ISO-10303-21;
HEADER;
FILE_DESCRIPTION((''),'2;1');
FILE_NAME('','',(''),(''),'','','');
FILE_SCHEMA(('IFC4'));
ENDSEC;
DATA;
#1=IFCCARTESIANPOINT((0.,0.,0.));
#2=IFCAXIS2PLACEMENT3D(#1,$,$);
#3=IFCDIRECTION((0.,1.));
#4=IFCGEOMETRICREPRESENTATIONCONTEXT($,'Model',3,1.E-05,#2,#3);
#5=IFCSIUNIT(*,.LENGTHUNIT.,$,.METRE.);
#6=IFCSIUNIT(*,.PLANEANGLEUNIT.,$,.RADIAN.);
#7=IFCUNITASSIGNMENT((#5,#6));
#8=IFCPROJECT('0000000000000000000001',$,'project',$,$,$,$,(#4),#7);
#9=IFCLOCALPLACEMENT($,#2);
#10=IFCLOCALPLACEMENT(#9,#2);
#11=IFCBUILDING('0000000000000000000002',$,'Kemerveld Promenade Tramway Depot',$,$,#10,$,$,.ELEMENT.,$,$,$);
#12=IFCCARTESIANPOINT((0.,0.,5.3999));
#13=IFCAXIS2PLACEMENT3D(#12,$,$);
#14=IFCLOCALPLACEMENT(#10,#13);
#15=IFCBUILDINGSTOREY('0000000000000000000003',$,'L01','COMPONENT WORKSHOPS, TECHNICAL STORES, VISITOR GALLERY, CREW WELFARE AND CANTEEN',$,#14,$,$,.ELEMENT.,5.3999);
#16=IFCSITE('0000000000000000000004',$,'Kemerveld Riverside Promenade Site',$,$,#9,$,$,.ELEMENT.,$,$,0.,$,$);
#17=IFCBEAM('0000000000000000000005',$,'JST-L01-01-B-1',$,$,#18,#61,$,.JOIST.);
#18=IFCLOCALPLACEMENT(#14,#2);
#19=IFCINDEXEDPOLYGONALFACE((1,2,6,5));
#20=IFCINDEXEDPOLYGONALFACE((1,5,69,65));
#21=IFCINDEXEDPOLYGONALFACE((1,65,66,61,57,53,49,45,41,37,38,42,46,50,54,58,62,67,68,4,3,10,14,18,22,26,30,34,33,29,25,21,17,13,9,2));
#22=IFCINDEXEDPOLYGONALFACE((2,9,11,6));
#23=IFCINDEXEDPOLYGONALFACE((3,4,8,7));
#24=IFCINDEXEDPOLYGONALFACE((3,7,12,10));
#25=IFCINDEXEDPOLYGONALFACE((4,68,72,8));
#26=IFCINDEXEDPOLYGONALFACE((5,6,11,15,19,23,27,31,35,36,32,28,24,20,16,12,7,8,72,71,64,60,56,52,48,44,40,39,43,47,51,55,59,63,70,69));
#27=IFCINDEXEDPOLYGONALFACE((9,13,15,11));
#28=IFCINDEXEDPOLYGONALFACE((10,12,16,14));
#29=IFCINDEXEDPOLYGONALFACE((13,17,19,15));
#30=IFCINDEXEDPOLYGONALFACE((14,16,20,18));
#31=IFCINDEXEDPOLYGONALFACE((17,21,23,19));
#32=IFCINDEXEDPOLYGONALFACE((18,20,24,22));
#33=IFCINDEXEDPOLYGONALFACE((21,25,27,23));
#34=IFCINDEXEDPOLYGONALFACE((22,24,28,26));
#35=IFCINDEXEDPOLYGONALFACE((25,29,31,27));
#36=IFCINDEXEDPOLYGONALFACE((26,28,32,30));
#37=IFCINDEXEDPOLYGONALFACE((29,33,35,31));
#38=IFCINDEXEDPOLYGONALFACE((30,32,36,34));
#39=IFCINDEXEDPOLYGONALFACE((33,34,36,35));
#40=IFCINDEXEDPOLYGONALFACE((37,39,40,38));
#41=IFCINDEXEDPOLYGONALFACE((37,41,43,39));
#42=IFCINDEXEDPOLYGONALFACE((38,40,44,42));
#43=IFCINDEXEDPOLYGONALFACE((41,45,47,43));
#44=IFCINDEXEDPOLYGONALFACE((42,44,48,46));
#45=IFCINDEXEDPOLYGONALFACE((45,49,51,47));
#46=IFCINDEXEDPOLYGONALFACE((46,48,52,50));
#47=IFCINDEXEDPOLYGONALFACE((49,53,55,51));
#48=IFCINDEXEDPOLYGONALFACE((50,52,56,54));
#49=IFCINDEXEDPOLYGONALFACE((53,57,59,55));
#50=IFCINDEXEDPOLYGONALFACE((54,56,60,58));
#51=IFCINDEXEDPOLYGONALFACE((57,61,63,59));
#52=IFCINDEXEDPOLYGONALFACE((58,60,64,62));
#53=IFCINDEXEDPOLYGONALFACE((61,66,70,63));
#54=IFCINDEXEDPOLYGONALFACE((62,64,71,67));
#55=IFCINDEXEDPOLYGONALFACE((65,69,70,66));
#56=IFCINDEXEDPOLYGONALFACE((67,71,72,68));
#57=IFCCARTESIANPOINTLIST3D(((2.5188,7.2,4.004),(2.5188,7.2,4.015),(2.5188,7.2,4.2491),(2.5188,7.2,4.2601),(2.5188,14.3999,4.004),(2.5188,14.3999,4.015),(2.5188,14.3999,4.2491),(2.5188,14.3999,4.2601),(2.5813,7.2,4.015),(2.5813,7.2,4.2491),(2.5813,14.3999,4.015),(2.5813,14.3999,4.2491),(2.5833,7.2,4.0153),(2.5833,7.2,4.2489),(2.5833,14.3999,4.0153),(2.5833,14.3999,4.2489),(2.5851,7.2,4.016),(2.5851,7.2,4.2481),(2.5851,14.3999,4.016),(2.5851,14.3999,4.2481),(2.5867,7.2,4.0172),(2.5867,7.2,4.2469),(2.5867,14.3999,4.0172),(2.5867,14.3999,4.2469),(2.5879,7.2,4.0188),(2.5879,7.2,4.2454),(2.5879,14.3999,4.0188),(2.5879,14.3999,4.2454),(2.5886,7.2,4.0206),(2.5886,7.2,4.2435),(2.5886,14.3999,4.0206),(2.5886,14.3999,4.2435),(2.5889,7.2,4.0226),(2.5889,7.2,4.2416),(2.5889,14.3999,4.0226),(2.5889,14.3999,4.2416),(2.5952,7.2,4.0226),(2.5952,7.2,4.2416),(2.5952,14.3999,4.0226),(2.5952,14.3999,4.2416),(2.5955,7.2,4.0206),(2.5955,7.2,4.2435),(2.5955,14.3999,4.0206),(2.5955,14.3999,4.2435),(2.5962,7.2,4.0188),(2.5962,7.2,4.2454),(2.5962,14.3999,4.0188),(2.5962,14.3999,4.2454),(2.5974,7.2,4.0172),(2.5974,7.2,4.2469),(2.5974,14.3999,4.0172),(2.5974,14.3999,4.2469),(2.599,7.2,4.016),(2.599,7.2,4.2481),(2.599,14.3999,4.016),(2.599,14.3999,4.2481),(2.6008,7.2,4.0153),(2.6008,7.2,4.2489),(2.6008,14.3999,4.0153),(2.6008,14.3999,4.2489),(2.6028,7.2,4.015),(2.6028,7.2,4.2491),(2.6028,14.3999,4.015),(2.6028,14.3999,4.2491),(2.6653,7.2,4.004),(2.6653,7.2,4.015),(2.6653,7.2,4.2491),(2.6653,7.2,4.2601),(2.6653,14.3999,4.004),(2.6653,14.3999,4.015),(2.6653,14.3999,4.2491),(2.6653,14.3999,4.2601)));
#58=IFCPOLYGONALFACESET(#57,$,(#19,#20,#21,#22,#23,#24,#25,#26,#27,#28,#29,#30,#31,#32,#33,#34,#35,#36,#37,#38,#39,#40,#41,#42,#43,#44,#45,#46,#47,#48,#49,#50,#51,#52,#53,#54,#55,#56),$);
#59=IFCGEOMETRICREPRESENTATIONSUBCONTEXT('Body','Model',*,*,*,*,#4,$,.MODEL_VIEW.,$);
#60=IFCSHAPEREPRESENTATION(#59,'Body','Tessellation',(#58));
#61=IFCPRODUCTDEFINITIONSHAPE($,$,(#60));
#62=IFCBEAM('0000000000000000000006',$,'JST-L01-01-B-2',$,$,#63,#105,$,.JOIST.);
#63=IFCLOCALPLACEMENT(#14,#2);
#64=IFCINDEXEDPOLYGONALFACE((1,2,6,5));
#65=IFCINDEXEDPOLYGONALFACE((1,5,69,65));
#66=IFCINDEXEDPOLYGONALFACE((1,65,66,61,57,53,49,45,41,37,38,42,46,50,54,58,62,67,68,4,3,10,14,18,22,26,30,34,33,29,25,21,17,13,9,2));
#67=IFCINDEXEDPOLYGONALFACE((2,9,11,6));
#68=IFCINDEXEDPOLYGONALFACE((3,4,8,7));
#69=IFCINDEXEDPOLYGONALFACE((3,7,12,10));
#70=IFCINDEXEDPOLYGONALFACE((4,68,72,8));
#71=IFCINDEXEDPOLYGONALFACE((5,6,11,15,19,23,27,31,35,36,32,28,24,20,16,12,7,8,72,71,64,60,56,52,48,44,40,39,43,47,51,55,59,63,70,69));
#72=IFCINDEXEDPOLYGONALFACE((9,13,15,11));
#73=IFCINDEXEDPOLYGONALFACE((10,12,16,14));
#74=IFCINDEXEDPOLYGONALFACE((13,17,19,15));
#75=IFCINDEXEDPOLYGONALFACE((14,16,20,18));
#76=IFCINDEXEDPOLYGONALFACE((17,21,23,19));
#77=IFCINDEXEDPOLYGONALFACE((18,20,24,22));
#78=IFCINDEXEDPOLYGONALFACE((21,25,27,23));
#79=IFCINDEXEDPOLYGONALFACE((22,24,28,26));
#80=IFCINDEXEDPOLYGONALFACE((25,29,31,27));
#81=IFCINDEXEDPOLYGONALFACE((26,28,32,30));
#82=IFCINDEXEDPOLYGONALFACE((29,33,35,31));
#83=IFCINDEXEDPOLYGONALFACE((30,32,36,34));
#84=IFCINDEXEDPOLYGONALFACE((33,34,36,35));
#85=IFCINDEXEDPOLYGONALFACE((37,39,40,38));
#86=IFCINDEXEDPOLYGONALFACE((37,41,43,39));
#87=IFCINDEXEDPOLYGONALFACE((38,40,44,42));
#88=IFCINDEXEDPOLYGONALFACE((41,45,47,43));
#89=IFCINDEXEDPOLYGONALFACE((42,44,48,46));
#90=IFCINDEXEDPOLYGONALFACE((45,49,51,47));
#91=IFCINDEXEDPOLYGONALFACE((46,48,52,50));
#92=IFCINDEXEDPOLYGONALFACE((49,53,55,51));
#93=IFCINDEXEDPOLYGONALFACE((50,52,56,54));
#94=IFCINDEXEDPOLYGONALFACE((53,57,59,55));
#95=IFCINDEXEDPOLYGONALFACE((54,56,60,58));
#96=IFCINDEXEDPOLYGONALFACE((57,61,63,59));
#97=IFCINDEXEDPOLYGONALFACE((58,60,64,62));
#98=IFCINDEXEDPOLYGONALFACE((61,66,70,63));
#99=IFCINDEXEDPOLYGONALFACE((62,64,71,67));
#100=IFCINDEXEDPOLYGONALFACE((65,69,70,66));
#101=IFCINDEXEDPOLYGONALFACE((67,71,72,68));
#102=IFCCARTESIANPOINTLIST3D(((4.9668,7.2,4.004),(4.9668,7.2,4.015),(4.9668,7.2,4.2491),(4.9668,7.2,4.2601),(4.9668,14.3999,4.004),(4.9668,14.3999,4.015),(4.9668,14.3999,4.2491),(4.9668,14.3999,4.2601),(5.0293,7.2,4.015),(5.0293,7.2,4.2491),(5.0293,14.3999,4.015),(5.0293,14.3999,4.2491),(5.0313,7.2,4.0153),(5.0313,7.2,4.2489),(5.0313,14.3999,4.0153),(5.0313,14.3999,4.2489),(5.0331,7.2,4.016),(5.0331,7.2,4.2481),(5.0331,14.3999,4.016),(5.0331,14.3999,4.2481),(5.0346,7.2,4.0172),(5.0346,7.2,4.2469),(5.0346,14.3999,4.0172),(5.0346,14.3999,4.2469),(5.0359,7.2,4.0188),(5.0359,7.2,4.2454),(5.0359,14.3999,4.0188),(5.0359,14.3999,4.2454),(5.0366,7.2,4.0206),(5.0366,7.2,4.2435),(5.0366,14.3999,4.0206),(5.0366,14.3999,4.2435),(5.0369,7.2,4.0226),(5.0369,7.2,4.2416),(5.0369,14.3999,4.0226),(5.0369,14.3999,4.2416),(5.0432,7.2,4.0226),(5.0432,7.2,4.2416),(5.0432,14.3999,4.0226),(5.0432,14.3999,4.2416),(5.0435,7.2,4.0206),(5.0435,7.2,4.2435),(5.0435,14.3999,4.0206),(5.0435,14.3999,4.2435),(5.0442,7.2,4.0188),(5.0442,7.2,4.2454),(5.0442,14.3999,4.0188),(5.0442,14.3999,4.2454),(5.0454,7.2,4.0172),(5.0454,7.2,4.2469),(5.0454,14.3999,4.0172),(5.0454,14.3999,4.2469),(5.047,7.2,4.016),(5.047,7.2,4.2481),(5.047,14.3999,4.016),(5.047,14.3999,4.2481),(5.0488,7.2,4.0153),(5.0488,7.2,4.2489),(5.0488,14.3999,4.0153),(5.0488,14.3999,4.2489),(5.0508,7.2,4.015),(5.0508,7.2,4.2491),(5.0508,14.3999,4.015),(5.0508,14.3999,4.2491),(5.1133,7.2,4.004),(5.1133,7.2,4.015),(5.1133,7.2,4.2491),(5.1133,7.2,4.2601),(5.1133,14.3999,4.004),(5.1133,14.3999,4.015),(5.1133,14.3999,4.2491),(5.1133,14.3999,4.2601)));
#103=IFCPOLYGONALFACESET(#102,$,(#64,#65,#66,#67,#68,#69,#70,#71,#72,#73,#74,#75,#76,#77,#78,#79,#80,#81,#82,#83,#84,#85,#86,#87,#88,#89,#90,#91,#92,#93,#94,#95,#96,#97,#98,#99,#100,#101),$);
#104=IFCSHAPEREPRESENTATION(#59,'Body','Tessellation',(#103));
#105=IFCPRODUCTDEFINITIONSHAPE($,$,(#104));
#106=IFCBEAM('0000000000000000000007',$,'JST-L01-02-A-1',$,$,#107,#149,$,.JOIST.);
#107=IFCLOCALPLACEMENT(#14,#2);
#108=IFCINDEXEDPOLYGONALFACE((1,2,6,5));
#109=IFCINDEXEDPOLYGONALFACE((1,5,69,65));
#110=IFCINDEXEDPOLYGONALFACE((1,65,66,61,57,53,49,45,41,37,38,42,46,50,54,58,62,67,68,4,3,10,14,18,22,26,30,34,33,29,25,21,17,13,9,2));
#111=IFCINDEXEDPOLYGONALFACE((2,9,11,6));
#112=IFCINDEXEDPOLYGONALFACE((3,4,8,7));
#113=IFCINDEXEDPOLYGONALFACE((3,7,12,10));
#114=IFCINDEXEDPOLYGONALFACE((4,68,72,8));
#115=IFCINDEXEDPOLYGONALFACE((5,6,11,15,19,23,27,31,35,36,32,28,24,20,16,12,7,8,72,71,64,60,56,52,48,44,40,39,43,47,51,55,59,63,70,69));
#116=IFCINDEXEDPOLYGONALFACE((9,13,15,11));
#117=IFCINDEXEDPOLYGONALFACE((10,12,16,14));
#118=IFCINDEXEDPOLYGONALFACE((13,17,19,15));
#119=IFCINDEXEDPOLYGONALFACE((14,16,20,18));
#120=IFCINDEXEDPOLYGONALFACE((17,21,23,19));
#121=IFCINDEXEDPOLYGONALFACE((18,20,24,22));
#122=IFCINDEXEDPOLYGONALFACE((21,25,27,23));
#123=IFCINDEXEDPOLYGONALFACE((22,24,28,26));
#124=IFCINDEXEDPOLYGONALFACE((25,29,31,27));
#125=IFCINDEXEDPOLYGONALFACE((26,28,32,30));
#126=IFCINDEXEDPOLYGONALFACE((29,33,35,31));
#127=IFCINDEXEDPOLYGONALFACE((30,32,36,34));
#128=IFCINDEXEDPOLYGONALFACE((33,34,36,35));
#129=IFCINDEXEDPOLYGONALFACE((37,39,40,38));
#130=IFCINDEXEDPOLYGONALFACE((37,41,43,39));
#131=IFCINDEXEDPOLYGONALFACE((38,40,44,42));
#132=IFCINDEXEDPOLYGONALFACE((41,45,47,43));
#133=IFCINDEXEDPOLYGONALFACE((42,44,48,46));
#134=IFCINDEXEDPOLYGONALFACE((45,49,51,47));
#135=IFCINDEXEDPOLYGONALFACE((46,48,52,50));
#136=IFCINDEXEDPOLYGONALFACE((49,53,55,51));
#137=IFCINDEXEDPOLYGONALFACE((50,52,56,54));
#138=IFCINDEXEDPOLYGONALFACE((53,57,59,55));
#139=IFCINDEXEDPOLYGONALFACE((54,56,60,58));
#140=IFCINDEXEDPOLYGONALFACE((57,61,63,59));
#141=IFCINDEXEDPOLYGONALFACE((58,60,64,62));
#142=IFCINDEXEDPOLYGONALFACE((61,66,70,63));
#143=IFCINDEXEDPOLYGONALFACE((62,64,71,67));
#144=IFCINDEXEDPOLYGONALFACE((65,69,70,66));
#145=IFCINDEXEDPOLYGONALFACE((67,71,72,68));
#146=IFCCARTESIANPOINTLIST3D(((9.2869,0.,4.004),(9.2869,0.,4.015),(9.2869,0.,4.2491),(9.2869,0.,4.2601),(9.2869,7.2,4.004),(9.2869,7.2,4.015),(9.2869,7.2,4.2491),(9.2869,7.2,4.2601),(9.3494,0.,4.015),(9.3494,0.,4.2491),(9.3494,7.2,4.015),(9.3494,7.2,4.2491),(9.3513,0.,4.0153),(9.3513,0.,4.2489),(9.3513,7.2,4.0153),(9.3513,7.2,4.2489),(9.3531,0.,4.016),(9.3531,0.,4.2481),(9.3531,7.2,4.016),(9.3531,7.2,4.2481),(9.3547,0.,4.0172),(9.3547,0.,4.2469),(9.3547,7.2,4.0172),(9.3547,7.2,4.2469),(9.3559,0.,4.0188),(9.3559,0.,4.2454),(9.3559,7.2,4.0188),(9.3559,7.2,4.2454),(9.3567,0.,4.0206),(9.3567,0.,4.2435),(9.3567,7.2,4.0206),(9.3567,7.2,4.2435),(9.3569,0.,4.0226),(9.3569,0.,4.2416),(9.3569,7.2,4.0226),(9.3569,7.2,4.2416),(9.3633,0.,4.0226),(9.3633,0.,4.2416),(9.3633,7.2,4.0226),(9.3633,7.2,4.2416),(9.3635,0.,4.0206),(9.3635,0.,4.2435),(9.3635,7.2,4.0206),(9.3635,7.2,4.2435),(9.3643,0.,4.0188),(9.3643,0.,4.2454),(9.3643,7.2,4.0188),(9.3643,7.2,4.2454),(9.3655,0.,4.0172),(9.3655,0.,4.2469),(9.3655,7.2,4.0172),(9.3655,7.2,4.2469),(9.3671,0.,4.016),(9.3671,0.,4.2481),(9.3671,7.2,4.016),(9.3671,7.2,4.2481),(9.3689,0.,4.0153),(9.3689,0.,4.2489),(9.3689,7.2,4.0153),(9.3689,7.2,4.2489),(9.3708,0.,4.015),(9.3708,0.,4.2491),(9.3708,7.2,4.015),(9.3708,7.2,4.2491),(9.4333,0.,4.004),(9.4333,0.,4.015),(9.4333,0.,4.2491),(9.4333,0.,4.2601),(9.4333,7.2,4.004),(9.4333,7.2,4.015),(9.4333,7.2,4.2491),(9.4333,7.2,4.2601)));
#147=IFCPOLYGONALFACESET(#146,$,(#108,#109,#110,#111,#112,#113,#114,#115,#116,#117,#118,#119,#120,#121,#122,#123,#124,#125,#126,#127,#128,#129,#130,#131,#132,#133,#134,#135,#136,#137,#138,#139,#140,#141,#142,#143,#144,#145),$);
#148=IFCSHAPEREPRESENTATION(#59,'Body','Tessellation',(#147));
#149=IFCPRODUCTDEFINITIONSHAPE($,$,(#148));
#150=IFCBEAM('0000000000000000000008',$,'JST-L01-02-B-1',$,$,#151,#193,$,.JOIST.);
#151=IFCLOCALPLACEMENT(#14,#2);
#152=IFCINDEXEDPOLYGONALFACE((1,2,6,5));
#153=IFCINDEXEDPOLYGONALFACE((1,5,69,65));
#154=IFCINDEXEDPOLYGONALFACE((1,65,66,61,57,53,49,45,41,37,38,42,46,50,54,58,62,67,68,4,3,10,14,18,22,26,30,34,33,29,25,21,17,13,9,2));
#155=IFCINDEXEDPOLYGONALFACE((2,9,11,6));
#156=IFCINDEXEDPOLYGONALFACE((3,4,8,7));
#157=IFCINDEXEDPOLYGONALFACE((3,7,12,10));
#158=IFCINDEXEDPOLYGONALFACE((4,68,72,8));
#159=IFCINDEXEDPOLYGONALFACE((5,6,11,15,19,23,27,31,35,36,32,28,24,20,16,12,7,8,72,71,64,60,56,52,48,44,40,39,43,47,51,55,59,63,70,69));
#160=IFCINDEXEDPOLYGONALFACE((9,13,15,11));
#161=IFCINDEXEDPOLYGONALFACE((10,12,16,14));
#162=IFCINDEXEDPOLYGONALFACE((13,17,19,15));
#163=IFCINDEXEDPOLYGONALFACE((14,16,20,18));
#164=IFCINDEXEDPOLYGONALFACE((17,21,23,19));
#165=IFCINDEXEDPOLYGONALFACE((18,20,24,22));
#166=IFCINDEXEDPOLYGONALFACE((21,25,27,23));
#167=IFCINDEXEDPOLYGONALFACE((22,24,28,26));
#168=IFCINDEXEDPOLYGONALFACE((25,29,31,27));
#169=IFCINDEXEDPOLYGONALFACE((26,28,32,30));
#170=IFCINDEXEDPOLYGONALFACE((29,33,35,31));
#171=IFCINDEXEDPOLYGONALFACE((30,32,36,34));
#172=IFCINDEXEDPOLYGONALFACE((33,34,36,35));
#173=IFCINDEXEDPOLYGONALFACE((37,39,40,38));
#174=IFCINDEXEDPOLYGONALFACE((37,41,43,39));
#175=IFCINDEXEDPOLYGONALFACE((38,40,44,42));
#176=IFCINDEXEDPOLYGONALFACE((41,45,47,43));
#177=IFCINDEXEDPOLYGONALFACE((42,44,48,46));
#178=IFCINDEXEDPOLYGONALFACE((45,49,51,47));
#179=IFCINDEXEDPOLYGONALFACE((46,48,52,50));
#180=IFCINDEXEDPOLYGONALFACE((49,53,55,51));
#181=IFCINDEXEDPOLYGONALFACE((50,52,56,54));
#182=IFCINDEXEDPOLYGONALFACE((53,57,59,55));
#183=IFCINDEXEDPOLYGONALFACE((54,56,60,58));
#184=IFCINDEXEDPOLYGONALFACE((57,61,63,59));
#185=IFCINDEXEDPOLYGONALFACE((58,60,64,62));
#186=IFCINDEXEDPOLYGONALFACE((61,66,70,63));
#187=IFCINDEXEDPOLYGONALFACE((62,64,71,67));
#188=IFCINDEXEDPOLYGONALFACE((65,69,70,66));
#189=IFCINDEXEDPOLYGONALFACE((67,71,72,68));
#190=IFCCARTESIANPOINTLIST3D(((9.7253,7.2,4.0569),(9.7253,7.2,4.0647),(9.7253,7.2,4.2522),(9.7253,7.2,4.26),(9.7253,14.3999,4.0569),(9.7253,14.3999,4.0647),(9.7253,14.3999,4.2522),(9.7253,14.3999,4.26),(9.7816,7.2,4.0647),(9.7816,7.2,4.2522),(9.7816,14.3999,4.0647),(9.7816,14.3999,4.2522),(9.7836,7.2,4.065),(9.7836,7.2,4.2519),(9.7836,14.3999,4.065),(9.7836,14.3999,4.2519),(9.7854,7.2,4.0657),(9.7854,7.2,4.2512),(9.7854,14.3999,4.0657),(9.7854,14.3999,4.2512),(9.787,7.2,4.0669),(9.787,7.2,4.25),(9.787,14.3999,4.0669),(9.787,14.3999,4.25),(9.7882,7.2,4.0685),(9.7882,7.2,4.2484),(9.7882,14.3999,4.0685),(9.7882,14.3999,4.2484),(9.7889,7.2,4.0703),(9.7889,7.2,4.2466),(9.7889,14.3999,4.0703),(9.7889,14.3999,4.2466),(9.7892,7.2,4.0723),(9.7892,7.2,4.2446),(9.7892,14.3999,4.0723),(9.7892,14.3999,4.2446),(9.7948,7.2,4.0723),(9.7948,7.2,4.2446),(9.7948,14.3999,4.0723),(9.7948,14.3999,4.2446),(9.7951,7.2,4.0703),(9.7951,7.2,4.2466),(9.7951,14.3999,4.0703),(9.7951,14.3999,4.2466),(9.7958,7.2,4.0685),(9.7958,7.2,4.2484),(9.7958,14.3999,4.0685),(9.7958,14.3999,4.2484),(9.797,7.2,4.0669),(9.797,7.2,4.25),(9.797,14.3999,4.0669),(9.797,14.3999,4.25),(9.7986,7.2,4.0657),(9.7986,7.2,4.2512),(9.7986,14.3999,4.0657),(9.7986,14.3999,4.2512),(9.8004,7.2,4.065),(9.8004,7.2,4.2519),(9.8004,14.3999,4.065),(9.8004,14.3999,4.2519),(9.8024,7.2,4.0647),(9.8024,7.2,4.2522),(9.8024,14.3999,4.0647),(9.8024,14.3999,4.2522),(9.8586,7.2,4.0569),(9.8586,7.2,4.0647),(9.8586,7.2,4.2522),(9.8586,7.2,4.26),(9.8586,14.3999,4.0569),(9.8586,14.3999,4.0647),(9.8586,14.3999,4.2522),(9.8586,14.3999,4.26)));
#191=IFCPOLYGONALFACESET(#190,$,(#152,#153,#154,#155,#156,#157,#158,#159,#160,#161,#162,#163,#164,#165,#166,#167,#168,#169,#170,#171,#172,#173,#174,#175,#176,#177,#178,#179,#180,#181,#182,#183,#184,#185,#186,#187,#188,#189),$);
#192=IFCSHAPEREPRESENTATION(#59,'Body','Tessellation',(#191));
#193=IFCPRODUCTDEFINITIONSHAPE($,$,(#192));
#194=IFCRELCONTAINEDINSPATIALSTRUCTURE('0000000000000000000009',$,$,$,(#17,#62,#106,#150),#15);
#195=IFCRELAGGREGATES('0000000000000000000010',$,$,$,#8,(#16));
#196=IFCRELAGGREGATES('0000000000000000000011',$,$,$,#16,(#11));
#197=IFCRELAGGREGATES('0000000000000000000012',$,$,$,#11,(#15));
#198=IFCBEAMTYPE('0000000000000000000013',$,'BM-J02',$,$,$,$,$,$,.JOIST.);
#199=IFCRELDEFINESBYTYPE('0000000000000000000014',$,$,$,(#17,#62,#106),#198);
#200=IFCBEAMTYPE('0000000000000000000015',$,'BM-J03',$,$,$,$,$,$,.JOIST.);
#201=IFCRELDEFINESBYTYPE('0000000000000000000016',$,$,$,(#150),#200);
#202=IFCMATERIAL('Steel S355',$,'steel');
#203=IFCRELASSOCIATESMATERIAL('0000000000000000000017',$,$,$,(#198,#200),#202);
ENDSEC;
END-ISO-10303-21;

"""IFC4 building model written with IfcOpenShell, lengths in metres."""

from ifc_helpers import new_model, si_unit, direction, frame, origin, origin_2d, place, context, subcontext, project, spatial, i_section, extrude, material, material_profile, profile_set, type_object, element, save


model = new_model("IFC4")

# Units and contexts
model_context = context("Model", 3, precision=1e-05, world=origin(), true_north=direction((0.0, 1.0)))
body_context = subcontext(model_context, "Body", "Model", "MODEL_VIEW")
ifc_project = project(units=[si_unit("LENGTHUNIT", "METRE"), si_unit("PLANEANGLEUNIT", "RADIAN")], contexts=[model_context])

# Site, building, storey
site_placement = place(None, origin())
site = spatial("IfcSite", under=ifc_project, at=site_placement, Name="Kemerveld Riverside Promenade Site", CompositionType="ELEMENT", RefElevation=0.0)
building_placement = place(site_placement, origin())
building = spatial("IfcBuilding", under=site, at=building_placement, Name="Kemerveld Promenade Tramway Depot", CompositionType="ELEMENT")
storey_placement = place(building_placement, frame((0.0, 0.0, 5.3999)))
storey = spatial("IfcBuildingStorey", under=building, at=storey_placement, Name="L01", Description="COMPONENT WORKSHOPS, TECHNICAL STORES, VISITOR GALLERY, CREW WELFARE AND CANTEEN", CompositionType="ELEMENT", Elevation=5.3999)

# Shared definitions
ifc_material_1 = material(Name="Steel S355", Category="steel")

# Beams
ifc_material_profile_1 = material_profile(ifc_material_1, i_section(OverallWidth=0.1465, OverallDepth=0.2561, WebThickness=0.0063, FlangeThickness=0.011, FilletRadius=0.0076, at=origin_2d()), Name="254x146x37 UB")
ifc_profile_set_1 = profile_set([ifc_material_profile_1], Name="Steel S355")
beam_type_1 = type_object("IfcBeamType", Name="BM-J02", PredefinedType="JOIST", material=ifc_profile_set_1)
for number, where, z_axis, x_axis, name in (
    (1, (2.592, 7.2, 4.1321), (0.0, 1.0, 0.0), (-1.0, 0.0, 0.0), "JST-L01-01-B-1"),
    (2, (5.04, 7.2, 4.1321), (0.0, 1.0, 0.0), (-1.0, 0.0, 0.0), "JST-L01-01-B-2"),
    (3, (9.3601, 0.0, 4.1321), (0.0, 1.0, 0.0), (-1.0, 0.0, 0.0), "JST-L01-02-A-1"),
):
    element("IfcBeam", number, at=place(storey_placement, frame(where, z_axis=z_axis, x_axis=x_axis)), inside=storey, type_object=beam_type_1, Name=name, PredefinedType="JOIST", context=body_context, shape_type="SweptSolid", body=[
        extrude(i_section(OverallWidth=0.1465, OverallDepth=0.2561, WebThickness=0.0063, FlangeThickness=0.011, FilletRadius=0.0076, at=origin_2d()), origin(), (0.0, 0.0, 1.0), 7.2),
    ])
ifc_material_profile_2 = material_profile(ifc_material_1, i_section(OverallWidth=0.1333, OverallDepth=0.2031, WebThickness=0.0056, FlangeThickness=0.0078, FilletRadius=0.0076, at=origin_2d()), Name="203x133x25 UB")
ifc_profile_set_2 = profile_set([ifc_material_profile_2], Name="Steel S355")
beam_type_2 = type_object("IfcBeamType", Name="BM-J03", PredefinedType="JOIST", material=ifc_profile_set_2)
beam_1_placement = place(storey_placement, frame((9.792, 7.2, 4.1584), z_axis=(0.0, 1.0, 0.0), x_axis=(-1.0, 0.0, 0.0)))
element("IfcBeam", 4, at=beam_1_placement, inside=storey, type_object=beam_type_2, Name="JST-L01-02-B-1", PredefinedType="JOIST", context=body_context, shape_type="SweptSolid", body=[
    extrude(i_section(OverallWidth=0.1333, OverallDepth=0.2031, WebThickness=0.0056, FlangeThickness=0.0078, FilletRadius=0.0076, at=origin_2d()), origin(), (0.0, 0.0, 1.0), 7.2),
])

save(model, "model.ifc")
